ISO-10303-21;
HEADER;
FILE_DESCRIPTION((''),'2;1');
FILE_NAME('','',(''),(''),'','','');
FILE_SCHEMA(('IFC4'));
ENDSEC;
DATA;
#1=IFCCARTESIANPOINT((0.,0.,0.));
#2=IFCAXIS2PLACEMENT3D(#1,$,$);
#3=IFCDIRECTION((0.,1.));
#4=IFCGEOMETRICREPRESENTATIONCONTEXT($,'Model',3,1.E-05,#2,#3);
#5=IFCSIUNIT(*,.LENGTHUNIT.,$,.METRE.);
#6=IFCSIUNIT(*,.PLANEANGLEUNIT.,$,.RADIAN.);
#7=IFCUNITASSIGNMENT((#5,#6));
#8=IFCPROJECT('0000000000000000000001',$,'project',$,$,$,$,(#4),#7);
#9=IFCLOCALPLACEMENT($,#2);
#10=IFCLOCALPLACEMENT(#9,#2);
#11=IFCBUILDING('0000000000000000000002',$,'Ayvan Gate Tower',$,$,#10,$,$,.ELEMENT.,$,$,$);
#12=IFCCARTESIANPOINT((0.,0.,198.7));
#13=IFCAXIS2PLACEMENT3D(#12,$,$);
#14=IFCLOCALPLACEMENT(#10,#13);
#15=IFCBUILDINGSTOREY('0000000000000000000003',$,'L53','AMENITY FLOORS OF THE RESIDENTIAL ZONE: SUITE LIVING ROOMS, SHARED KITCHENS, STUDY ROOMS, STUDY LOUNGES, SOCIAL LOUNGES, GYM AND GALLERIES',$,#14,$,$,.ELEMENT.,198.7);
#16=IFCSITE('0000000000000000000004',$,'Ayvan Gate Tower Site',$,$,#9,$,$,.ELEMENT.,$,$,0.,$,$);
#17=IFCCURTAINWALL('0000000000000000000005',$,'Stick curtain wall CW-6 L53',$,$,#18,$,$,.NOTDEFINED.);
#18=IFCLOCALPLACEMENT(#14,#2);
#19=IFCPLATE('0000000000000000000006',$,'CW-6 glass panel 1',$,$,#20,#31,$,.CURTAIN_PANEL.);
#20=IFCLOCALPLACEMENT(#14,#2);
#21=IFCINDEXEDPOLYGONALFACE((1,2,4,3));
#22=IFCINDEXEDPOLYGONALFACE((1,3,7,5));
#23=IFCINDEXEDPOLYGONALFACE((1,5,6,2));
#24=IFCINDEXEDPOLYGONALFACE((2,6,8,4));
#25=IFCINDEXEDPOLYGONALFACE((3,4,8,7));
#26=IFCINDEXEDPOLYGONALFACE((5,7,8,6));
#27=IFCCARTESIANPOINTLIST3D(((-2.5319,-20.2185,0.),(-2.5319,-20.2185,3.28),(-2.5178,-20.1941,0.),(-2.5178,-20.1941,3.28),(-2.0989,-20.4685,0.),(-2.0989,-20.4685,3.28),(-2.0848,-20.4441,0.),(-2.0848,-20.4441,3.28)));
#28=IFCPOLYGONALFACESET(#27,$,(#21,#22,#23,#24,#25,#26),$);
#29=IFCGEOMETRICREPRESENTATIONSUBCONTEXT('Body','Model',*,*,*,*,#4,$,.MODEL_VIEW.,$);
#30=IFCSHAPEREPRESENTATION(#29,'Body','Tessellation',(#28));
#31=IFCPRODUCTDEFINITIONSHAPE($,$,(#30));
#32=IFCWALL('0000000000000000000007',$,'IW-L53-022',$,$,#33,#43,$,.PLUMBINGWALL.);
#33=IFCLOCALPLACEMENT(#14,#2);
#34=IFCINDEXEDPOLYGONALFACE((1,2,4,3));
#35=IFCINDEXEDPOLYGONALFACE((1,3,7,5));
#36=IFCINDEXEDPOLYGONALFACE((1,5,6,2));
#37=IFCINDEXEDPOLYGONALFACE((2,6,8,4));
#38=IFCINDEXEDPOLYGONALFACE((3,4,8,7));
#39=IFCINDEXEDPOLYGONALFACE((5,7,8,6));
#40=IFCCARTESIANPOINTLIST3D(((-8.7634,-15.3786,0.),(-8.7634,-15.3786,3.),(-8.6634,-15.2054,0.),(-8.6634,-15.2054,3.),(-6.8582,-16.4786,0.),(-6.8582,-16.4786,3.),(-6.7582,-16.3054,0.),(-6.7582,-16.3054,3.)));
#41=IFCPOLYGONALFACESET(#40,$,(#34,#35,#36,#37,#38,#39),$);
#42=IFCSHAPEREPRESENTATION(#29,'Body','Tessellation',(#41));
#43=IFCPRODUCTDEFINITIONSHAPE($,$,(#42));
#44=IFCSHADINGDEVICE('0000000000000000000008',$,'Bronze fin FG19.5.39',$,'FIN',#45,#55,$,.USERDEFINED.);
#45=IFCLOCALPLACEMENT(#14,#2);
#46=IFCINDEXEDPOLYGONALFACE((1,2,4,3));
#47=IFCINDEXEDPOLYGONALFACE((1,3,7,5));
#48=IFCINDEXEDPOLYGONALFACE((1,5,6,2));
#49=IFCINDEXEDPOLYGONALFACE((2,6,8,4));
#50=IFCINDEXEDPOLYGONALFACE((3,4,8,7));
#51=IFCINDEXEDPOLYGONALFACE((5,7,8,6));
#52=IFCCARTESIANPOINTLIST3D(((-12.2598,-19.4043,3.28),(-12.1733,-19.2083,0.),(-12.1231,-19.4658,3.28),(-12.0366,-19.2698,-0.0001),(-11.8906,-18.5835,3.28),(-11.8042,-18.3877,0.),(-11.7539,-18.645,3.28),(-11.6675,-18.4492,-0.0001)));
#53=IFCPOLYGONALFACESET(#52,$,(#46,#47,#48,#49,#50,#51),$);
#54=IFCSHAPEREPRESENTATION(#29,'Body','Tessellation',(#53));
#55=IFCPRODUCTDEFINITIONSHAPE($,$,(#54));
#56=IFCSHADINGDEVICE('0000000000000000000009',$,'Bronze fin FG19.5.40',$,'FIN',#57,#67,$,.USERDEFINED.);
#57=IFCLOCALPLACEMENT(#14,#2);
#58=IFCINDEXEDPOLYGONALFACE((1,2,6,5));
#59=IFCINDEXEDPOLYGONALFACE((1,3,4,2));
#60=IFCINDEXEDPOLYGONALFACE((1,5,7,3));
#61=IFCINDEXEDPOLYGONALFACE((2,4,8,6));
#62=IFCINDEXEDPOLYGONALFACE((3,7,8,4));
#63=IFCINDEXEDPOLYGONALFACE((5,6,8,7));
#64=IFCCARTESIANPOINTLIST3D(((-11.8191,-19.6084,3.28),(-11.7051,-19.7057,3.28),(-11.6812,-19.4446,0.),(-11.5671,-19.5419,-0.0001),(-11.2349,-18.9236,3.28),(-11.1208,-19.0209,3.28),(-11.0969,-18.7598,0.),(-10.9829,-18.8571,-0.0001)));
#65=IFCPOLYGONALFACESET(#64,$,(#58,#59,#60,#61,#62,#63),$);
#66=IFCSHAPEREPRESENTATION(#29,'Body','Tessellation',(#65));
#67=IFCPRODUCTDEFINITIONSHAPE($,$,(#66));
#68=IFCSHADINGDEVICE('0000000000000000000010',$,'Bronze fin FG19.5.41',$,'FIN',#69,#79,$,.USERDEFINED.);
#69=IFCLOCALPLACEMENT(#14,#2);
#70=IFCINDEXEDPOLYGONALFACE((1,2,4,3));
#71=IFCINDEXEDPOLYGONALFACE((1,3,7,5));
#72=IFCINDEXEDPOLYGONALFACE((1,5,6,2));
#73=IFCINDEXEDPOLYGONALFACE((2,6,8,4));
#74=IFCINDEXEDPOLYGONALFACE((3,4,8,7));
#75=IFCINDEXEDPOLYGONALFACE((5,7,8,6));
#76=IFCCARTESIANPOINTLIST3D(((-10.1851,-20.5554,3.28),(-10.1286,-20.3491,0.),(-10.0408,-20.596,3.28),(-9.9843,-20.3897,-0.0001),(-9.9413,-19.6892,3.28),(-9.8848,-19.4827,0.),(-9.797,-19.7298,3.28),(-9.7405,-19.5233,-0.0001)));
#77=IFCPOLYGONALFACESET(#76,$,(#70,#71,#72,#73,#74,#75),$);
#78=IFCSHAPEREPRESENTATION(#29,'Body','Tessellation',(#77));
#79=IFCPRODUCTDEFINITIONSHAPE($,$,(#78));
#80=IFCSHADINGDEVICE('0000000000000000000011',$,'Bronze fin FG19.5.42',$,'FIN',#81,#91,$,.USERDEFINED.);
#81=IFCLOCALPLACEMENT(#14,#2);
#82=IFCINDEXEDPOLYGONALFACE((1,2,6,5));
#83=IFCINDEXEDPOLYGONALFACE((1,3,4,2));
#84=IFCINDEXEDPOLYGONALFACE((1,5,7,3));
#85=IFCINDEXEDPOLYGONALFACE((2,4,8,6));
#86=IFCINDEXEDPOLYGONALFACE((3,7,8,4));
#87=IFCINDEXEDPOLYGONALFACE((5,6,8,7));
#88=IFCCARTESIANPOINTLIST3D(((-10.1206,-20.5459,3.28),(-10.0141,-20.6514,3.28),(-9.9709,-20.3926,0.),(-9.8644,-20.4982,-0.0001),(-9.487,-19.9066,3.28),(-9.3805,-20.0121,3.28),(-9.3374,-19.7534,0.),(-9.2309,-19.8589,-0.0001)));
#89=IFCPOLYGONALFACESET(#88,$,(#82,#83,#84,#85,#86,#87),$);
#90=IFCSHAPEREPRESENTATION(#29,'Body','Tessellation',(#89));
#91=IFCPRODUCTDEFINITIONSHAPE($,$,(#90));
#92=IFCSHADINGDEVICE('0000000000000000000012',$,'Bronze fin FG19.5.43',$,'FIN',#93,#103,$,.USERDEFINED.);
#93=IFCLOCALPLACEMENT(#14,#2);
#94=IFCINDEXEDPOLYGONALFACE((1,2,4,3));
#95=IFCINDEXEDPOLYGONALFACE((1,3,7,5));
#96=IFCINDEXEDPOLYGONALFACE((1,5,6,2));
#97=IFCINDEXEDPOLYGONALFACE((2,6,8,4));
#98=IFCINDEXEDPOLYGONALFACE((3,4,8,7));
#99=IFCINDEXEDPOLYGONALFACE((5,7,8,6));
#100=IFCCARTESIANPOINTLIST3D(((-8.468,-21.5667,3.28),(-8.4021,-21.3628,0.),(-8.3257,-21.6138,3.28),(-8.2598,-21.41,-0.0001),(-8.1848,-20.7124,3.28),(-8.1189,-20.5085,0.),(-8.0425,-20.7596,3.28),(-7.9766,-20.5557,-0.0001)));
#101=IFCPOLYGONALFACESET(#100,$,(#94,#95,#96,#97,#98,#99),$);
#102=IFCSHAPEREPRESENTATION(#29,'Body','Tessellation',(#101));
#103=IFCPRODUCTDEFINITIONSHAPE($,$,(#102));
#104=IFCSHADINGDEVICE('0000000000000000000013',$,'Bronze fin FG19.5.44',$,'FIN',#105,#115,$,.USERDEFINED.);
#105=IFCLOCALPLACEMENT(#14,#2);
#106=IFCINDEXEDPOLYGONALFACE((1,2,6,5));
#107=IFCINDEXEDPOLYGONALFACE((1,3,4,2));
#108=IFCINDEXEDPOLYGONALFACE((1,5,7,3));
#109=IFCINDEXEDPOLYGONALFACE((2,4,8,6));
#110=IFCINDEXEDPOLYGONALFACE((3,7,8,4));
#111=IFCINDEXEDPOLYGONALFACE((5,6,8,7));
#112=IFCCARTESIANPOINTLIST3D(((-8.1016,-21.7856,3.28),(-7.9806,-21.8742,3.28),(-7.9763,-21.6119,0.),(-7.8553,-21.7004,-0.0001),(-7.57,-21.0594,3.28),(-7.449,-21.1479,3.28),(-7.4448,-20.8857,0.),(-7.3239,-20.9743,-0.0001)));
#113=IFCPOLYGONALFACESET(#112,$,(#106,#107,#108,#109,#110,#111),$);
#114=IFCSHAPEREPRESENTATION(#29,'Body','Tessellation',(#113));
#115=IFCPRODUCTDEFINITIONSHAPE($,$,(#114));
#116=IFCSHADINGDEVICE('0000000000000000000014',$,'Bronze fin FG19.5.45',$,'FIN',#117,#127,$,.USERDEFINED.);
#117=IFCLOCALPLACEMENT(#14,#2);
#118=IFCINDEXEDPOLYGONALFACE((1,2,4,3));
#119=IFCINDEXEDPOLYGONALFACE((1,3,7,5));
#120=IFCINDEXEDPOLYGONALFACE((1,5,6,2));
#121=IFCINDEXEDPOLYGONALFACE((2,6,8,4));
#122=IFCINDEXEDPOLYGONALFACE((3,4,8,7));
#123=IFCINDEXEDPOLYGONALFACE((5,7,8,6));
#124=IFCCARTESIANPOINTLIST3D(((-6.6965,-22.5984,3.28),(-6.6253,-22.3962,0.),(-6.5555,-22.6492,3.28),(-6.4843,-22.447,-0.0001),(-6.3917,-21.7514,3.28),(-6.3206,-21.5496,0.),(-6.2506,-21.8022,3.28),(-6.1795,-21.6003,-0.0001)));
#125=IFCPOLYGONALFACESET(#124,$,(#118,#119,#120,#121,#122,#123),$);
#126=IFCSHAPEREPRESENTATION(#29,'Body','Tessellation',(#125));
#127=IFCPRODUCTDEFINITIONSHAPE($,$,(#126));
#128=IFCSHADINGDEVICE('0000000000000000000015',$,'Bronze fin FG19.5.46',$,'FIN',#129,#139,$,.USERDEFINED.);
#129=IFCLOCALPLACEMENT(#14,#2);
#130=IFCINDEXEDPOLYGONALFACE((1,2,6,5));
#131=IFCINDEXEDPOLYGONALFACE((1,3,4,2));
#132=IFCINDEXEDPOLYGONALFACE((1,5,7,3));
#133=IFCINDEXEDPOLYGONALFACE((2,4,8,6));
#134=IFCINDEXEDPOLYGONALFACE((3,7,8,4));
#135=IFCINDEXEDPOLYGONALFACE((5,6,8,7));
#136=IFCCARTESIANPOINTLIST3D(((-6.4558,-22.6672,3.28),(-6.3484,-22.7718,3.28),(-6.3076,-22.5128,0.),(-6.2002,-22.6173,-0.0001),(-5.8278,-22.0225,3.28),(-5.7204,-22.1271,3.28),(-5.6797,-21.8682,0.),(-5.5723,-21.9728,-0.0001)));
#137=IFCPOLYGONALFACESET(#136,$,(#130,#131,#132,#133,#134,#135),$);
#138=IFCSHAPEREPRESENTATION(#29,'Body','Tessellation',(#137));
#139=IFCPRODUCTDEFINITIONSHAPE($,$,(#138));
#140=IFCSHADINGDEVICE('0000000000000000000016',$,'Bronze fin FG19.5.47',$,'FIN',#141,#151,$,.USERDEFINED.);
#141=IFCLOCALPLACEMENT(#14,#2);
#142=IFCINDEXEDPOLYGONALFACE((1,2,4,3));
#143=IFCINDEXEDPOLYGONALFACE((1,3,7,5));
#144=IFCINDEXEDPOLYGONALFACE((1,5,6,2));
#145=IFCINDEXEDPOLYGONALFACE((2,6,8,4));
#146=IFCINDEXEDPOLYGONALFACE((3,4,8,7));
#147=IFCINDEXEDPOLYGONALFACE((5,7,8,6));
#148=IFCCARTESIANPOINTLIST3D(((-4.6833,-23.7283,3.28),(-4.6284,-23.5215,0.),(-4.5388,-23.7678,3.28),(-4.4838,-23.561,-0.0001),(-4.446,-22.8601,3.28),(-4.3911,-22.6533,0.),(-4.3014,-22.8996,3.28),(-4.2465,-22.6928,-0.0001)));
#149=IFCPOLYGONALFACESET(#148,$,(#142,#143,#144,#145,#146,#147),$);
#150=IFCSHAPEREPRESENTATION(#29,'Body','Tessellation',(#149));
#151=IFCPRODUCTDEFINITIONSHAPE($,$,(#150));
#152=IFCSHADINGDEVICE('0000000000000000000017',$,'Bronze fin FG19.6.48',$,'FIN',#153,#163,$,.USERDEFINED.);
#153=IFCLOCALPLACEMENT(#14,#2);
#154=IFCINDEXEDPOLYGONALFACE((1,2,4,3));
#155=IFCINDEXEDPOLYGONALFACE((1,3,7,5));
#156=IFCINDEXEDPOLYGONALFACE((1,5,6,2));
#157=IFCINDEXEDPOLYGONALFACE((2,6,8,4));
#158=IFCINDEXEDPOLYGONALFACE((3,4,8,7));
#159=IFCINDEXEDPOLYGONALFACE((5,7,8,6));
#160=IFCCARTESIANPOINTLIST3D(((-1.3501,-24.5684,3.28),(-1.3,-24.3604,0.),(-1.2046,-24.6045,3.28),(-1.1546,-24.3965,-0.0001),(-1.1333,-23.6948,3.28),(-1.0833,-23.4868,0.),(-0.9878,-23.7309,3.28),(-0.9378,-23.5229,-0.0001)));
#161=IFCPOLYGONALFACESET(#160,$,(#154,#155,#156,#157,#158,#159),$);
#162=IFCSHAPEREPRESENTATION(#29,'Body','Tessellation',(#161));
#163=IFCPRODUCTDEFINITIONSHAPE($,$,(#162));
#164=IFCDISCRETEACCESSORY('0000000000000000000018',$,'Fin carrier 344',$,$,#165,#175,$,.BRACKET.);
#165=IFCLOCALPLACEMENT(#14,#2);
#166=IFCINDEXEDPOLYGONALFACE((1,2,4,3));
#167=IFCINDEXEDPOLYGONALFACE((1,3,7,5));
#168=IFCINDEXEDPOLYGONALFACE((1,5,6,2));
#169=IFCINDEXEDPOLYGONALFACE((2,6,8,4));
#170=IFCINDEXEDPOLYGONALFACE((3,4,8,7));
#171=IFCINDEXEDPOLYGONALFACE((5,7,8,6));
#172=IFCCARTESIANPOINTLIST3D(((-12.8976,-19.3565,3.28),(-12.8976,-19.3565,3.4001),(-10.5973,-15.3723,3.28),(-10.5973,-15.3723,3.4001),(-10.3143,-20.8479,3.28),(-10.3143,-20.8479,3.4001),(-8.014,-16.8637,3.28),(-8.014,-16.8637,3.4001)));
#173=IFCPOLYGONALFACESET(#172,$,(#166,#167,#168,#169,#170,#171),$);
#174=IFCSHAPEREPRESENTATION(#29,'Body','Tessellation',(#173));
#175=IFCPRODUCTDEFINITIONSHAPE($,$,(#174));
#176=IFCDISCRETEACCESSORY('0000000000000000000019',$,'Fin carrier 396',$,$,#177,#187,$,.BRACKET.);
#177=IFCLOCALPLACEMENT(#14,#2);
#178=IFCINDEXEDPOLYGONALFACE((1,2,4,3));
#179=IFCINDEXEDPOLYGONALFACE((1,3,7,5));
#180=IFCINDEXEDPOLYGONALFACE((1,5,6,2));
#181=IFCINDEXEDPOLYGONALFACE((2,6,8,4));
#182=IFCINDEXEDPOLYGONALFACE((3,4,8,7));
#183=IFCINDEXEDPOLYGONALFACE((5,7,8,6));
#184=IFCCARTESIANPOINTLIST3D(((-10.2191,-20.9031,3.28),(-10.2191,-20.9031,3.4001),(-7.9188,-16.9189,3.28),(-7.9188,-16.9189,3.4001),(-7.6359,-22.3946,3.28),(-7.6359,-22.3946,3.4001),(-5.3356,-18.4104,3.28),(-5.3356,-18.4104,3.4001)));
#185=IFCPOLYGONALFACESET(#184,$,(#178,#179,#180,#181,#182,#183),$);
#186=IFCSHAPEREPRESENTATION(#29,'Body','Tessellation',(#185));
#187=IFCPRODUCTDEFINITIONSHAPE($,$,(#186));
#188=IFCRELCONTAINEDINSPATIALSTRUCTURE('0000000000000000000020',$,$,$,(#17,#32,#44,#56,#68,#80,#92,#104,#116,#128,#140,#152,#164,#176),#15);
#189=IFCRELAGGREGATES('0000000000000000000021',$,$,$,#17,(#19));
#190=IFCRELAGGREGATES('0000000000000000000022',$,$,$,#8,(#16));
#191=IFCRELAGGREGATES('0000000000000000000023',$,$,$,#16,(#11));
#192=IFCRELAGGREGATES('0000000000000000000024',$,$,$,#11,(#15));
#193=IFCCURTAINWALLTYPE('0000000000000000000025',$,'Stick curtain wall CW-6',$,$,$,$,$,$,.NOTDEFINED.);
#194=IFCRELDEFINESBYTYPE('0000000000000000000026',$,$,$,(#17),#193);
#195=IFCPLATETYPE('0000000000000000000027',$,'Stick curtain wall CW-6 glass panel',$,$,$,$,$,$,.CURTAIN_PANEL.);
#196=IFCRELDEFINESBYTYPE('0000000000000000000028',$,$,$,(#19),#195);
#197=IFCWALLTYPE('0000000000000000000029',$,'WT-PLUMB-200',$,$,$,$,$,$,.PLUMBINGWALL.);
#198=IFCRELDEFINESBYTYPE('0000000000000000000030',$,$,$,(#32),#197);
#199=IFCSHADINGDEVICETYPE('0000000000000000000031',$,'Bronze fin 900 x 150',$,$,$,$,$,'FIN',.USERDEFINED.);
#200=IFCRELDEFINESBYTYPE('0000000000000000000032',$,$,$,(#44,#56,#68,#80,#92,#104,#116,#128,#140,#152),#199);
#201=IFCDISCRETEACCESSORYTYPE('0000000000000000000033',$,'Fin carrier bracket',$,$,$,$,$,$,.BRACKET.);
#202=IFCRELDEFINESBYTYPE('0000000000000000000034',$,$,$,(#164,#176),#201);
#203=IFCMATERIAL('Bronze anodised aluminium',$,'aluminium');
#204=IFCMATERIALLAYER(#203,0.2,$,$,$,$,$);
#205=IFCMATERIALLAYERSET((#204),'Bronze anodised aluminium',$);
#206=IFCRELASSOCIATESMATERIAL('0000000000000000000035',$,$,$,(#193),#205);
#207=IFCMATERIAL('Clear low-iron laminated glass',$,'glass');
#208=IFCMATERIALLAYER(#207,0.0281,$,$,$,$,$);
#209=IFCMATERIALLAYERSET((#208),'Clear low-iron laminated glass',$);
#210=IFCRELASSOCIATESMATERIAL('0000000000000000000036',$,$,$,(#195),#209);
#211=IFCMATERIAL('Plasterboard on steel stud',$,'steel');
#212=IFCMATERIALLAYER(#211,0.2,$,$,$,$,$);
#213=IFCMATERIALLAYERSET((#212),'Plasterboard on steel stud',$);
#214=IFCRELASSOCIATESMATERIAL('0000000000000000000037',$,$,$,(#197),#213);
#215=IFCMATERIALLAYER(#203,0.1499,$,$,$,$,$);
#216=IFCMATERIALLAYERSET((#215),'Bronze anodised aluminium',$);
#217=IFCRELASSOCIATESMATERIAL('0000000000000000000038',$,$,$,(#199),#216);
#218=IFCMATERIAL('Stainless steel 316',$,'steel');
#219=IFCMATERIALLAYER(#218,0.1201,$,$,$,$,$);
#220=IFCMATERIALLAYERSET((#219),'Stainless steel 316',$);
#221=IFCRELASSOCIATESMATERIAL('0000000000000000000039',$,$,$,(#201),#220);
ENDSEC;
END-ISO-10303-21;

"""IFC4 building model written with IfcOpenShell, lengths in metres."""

from ifc_helpers import new_model, si_unit, direction, frame, frame_2d, origin, origin_2d, place, context, subcontext, project, spatial, polyline, rectangle, outline, extrude, material, layer, layer_set, type_object, element, aggregate, save


model = new_model("IFC4")

# Units and contexts
model_context = context("Model", 3, precision=1e-05, world=origin(), true_north=direction((0.0, 1.0)))
body_context = subcontext(model_context, "Body", "Model", "MODEL_VIEW")
ifc_project = project(units=[si_unit("LENGTHUNIT", "METRE"), si_unit("PLANEANGLEUNIT", "RADIAN")], contexts=[model_context])

# Site, building, storey
site_placement = place(None, origin())
site = spatial("IfcSite", under=ifc_project, at=site_placement, Name="Ayvan Gate Tower Site", CompositionType="ELEMENT", RefElevation=0.0)
building_placement = place(site_placement, origin())
building = spatial("IfcBuilding", under=site, at=building_placement, Name="Ayvan Gate Tower", CompositionType="ELEMENT")
storey_placement = place(building_placement, frame((0.0, 0.0, 198.7)))
storey = spatial("IfcBuildingStorey", under=building, at=storey_placement, Name="L53", Description="AMENITY FLOORS OF THE RESIDENTIAL ZONE: SUITE LIVING ROOMS, SHARED KITCHENS, STUDY ROOMS, STUDY LOUNGES, SOCIAL LOUNGES, GYM AND GALLERIES", CompositionType="ELEMENT", Elevation=198.7)

# Curtain wall
ifc_material_1 = material(Name="Bronze anodised aluminium", Category="aluminium")
ifc_layer_1 = layer(ifc_material_1, 0.2)
ifc_layer_set_1 = layer_set([ifc_layer_1], Name="Bronze anodised aluminium")
curtain_wall_type_1 = type_object("IfcCurtainWallType", Name="Stick curtain wall CW-6", PredefinedType="NOTDEFINED", material=ifc_layer_set_1)
curtain_wall_1_placement = place(storey_placement, origin())
curtain_wall_1 = element("IfcCurtainWall", 1, at=curtain_wall_1_placement, inside=storey, type_object=curtain_wall_type_1, Name="Stick curtain wall CW-6 L53", PredefinedType="NOTDEFINED")

# Plate
ifc_material_2 = material(Name="Clear low-iron laminated glass", Category="glass")
ifc_layer_2 = layer(ifc_material_2, 0.0281)
ifc_layer_set_2 = layer_set([ifc_layer_2], Name="Clear low-iron laminated glass")
plate_type_1 = type_object("IfcPlateType", Name="Stick curtain wall CW-6 glass panel", PredefinedType="CURTAIN_PANEL", material=ifc_layer_set_2)
plate_1_placement = place(storey_placement, frame((-2.3083, -20.3313, 0.0), z_axis=(0.0, 0.0, 1.0), x_axis=(0.866025, -0.5, 0.0)))
plate_1 = element("IfcPlate", 2, at=plate_1_placement, type_object=plate_type_1, Name="CW-6 glass panel 1", PredefinedType="CURTAIN_PANEL", context=body_context, shape_type="SweptSolid", body=[
    extrude(rectangle(XDim=0.5, YDim=0.0281, at=origin_2d()), origin(), (0.0, 0.0, 1.0), 3.28),
])
aggregate(curtain_wall_1, [plate_1])

# Wall
ifc_material_3 = material(Name="Plasterboard on steel stud", Category="steel")
ifc_layer_3 = layer(ifc_material_3, 0.2)
ifc_layer_set_3 = layer_set([ifc_layer_3], Name="Plasterboard on steel stud")
wall_type = type_object("IfcWallType", Name="WT-PLUMB-200", PredefinedType="PLUMBINGWALL", material=ifc_layer_set_3)
wall_placement = place(storey_placement, frame((-6.8081, -16.3921, 0.0), z_axis=(0.0, 0.0, 1.0), x_axis=(-0.866008, 0.50003, 0.0)))
element("IfcWall", 3, at=wall_placement, inside=storey, type_object=wall_type, Name="IW-L53-022", PredefinedType="PLUMBINGWALL", context=body_context, shape_type="SweptSolid", body=[
    extrude(rectangle(XDim=2.2, YDim=0.2, at=frame_2d((1.1001, 0.0))), origin(), (0.0, 0.0, 1.0), 3.0),
])

# Shading devices
ifc_layer_4 = layer(ifc_material_1, 0.1499)
ifc_layer_set_4 = layer_set([ifc_layer_4], Name="Bronze anodised aluminium")
shading_device_type = type_object("IfcShadingDeviceType", Name="Bronze fin 900 x 150", ElementType="FIN", PredefinedType="USERDEFINED", material=ifc_layer_set_4)
shading_device_1_placement = place(storey_placement, frame((-11.8042, -18.3877, 0.0), z_axis=(-0.91199, 0.410212, 0.000473), x_axis=(-0.410212, -0.91199, 0.0)))
element("IfcShadingDevice", 4, at=shading_device_1_placement, inside=storey, type_object=shading_device_type, Name="Bronze fin FG19.5.39", ObjectType="FIN", PredefinedType="USERDEFINED", context=body_context, shape_type="SweptSolid", body=[
    extrude(outline(polyline([(0.0, 0.0), (0.8998, 0.0), (1.114, 3.28), (0.214, 3.28), (0.0, 0.0)])), origin(), (0.0, 0.0, -1.0), 0.1499),
])
shading_device_2_placement = place(storey_placement, frame((-11.0969, -18.7598, 0.0), z_axis=(-0.760767, 0.649025, 0.000421), x_axis=(-0.649025, -0.760767, 0.0)))
element("IfcShadingDevice", 5, at=shading_device_2_placement, inside=storey, type_object=shading_device_type, Name="Bronze fin FG19.5.40", ObjectType="FIN", PredefinedType="USERDEFINED", context=body_context, shape_type="SweptSolid", body=[
    extrude(outline(polyline([(0.0, 0.0), (0.9002, 0.0), (1.1143, 3.28), (0.2142, 3.28), (0.0, 0.0)])), origin(), (0.0, 0.0, -1.0), 0.1499),
])
shading_device_3_placement = place(storey_placement, frame((-9.8848, -19.4827, 0.0), z_axis=(-0.962617, 0.270867, 0.000459), x_axis=(-0.270867, -0.962617, 0.0)))
element("IfcShadingDevice", 6, at=shading_device_3_placement, inside=storey, type_object=shading_device_type, Name="Bronze fin FG19.5.41", ObjectType="FIN", PredefinedType="USERDEFINED", context=body_context, shape_type="SweptSolid", body=[
    extrude(outline(polyline([(0.0, 0.0), (0.9001, 0.0), (1.114, 3.28), (0.2142, 3.28), (0.0, 0.0)])), origin(), (0.0, 0.0, -1.0), 0.1499),
])
shading_device_4_placement = place(storey_placement, frame((-9.3374, -19.7534, 0.0), z_axis=(-0.710287, 0.703912, 0.000469), x_axis=(-0.703912, -0.710287, 0.0)))
element("IfcShadingDevice", 7, at=shading_device_4_placement, inside=storey, type_object=shading_device_type, Name="Bronze fin FG19.5.42", ObjectType="FIN", PredefinedType="USERDEFINED", context=body_context, shape_type="SweptSolid", body=[
    extrude(outline(polyline([(0.0, 0.0), (0.8999, 0.0), (1.1142, 3.28), (0.2141, 3.28), (0.0, 0.0)])), origin(), (0.0, 0.0, -1.0), 0.1499),
])
shading_device_5_placement = place(storey_placement, frame((-8.1189, -20.5085, 0.0), z_axis=(-0.949197, 0.314681, 0.000482), x_axis=(-0.314681, -0.949197, 0.0)))
element("IfcShadingDevice", 8, at=shading_device_5_placement, inside=storey, type_object=shading_device_type, Name="Bronze fin FG19.5.43", ObjectType="FIN", PredefinedType="USERDEFINED", context=body_context, shape_type="SweptSolid", body=[
    extrude(outline(polyline([(0.0, 0.0), (0.9, 0.0), (1.1142, 3.28), (0.2142, 3.28), (0.0, 0.0)])), origin(), (0.0, 0.0, -1.0), 0.1499),
])
shading_device_6_placement = place(storey_placement, frame((-7.4448, -20.8857, 0.0), z_axis=(-0.806961, 0.590605, 0.000465), x_axis=(-0.590605, -0.806961, 0.0)))
element("IfcShadingDevice", 9, at=shading_device_6_placement, inside=storey, type_object=shading_device_type, Name="Bronze fin FG19.5.44", ObjectType="FIN", PredefinedType="USERDEFINED", context=body_context, shape_type="SweptSolid", body=[
    extrude(outline(polyline([(0.0, 0.0), (0.8998, 0.0), (1.1141, 3.28), (0.214, 3.28), (0.0, 0.0)])), origin(), (0.0, 0.0, -1.0), 0.1499),
])
shading_device_7_placement = place(storey_placement, frame((-6.3206, -21.5496, 0.0), z_axis=(-0.940901, 0.338681, 0.000446), x_axis=(-0.338681, -0.940901, 0.0)))
element("IfcShadingDevice", 10, at=shading_device_7_placement, inside=storey, type_object=shading_device_type, Name="Bronze fin FG19.5.45", ObjectType="FIN", PredefinedType="USERDEFINED", context=body_context, shape_type="SweptSolid", body=[
    extrude(outline(polyline([(0.0, 0.0), (0.8998, 0.0), (1.1142, 3.28), (0.214, 3.28), (0.0, 0.0)])), origin(), (0.0, 0.0, -1.0), 0.1499),
])
shading_device_8_placement = place(storey_placement, frame((-5.6797, -21.8682, 0.0), z_axis=(-0.716337, 0.697754, 0.000485), x_axis=(-0.697754, -0.716337, 0.0)))
element("IfcShadingDevice", 11, at=shading_device_8_placement, inside=storey, type_object=shading_device_type, Name="Bronze fin FG19.5.46", ObjectType="FIN", PredefinedType="USERDEFINED", context=body_context, shape_type="SweptSolid", body=[
    extrude(outline(polyline([(0.0, 0.0), (0.8998, 0.0), (1.1139, 3.28), (0.2139, 3.28), (0.0, 0.0)])), origin(), (0.0, 0.0, -1.0), 0.1499),
])
shading_device_9_placement = place(storey_placement, frame((-4.3911, -22.6533, 0.0), z_axis=(-0.964613, 0.263668, 0.000468), x_axis=(-0.263668, -0.964613, 0.0)))
element("IfcShadingDevice", 12, at=shading_device_9_placement, inside=storey, type_object=shading_device_type, Name="Bronze fin FG19.5.47", ObjectType="FIN", PredefinedType="USERDEFINED", context=body_context, shape_type="SweptSolid", body=[
    extrude(outline(polyline([(0.0, 0.0), (0.9, 0.0), (1.114, 3.28), (0.214, 3.28), (0.0, 0.0)])), origin(), (0.0, 0.0, -1.0), 0.1499),
])
shading_device_10_placement = place(storey_placement, frame((-1.0833, -23.4868, 0.0), z_axis=(-0.970556, 0.240876, 0.000466), x_axis=(-0.240876, -0.970556, 0.0)))
element("IfcShadingDevice", 13, at=shading_device_10_placement, inside=storey, type_object=shading_device_type, Name="Bronze fin FG19.6.48", ObjectType="FIN", PredefinedType="USERDEFINED", context=body_context, shape_type="SweptSolid", body=[
    extrude(outline(polyline([(0.0, 0.0), (0.9, 0.0), (1.114, 3.28), (0.2139, 3.28), (0.0, 0.0)])), origin(), (0.0, 0.0, -1.0), 0.1499),
])

# Discrete accessories
ifc_material_4 = material(Name="Stainless steel 316", Category="steel")
ifc_layer_5 = layer(ifc_material_4, 0.1201)
ifc_layer_set_5 = layer_set([ifc_layer_5], Name="Stainless steel 316")
discrete_accessory_type = type_object("IfcDiscreteAccessoryType", Name="Fin carrier bracket", PredefinedType="BRACKET", material=ifc_layer_set_5)
for number, where, z_axis, x_axis, name in (
    (14, (-10.4558, -18.1101, 3.28), (0.0, 0.0, 1.0), (0.866025, -0.5, 0.0), "Fin carrier 344"),
    (15, (-7.7773, -19.6567, 3.28), (0.0, 0.0, 1.0), (0.866025, -0.5, 0.0), "Fin carrier 396"),
):
    element("IfcDiscreteAccessory", number, at=place(storey_placement, frame(where, z_axis=z_axis, x_axis=x_axis)), inside=storey, type_object=discrete_accessory_type, Name=name, PredefinedType="BRACKET", context=body_context, shape_type="SweptSolid", body=[
        extrude(rectangle(XDim=2.9829, YDim=4.6006, at=origin_2d()), origin(), (0.0, 0.0, 1.0), 0.1201),
    ])

save(model, "model.ifc")
